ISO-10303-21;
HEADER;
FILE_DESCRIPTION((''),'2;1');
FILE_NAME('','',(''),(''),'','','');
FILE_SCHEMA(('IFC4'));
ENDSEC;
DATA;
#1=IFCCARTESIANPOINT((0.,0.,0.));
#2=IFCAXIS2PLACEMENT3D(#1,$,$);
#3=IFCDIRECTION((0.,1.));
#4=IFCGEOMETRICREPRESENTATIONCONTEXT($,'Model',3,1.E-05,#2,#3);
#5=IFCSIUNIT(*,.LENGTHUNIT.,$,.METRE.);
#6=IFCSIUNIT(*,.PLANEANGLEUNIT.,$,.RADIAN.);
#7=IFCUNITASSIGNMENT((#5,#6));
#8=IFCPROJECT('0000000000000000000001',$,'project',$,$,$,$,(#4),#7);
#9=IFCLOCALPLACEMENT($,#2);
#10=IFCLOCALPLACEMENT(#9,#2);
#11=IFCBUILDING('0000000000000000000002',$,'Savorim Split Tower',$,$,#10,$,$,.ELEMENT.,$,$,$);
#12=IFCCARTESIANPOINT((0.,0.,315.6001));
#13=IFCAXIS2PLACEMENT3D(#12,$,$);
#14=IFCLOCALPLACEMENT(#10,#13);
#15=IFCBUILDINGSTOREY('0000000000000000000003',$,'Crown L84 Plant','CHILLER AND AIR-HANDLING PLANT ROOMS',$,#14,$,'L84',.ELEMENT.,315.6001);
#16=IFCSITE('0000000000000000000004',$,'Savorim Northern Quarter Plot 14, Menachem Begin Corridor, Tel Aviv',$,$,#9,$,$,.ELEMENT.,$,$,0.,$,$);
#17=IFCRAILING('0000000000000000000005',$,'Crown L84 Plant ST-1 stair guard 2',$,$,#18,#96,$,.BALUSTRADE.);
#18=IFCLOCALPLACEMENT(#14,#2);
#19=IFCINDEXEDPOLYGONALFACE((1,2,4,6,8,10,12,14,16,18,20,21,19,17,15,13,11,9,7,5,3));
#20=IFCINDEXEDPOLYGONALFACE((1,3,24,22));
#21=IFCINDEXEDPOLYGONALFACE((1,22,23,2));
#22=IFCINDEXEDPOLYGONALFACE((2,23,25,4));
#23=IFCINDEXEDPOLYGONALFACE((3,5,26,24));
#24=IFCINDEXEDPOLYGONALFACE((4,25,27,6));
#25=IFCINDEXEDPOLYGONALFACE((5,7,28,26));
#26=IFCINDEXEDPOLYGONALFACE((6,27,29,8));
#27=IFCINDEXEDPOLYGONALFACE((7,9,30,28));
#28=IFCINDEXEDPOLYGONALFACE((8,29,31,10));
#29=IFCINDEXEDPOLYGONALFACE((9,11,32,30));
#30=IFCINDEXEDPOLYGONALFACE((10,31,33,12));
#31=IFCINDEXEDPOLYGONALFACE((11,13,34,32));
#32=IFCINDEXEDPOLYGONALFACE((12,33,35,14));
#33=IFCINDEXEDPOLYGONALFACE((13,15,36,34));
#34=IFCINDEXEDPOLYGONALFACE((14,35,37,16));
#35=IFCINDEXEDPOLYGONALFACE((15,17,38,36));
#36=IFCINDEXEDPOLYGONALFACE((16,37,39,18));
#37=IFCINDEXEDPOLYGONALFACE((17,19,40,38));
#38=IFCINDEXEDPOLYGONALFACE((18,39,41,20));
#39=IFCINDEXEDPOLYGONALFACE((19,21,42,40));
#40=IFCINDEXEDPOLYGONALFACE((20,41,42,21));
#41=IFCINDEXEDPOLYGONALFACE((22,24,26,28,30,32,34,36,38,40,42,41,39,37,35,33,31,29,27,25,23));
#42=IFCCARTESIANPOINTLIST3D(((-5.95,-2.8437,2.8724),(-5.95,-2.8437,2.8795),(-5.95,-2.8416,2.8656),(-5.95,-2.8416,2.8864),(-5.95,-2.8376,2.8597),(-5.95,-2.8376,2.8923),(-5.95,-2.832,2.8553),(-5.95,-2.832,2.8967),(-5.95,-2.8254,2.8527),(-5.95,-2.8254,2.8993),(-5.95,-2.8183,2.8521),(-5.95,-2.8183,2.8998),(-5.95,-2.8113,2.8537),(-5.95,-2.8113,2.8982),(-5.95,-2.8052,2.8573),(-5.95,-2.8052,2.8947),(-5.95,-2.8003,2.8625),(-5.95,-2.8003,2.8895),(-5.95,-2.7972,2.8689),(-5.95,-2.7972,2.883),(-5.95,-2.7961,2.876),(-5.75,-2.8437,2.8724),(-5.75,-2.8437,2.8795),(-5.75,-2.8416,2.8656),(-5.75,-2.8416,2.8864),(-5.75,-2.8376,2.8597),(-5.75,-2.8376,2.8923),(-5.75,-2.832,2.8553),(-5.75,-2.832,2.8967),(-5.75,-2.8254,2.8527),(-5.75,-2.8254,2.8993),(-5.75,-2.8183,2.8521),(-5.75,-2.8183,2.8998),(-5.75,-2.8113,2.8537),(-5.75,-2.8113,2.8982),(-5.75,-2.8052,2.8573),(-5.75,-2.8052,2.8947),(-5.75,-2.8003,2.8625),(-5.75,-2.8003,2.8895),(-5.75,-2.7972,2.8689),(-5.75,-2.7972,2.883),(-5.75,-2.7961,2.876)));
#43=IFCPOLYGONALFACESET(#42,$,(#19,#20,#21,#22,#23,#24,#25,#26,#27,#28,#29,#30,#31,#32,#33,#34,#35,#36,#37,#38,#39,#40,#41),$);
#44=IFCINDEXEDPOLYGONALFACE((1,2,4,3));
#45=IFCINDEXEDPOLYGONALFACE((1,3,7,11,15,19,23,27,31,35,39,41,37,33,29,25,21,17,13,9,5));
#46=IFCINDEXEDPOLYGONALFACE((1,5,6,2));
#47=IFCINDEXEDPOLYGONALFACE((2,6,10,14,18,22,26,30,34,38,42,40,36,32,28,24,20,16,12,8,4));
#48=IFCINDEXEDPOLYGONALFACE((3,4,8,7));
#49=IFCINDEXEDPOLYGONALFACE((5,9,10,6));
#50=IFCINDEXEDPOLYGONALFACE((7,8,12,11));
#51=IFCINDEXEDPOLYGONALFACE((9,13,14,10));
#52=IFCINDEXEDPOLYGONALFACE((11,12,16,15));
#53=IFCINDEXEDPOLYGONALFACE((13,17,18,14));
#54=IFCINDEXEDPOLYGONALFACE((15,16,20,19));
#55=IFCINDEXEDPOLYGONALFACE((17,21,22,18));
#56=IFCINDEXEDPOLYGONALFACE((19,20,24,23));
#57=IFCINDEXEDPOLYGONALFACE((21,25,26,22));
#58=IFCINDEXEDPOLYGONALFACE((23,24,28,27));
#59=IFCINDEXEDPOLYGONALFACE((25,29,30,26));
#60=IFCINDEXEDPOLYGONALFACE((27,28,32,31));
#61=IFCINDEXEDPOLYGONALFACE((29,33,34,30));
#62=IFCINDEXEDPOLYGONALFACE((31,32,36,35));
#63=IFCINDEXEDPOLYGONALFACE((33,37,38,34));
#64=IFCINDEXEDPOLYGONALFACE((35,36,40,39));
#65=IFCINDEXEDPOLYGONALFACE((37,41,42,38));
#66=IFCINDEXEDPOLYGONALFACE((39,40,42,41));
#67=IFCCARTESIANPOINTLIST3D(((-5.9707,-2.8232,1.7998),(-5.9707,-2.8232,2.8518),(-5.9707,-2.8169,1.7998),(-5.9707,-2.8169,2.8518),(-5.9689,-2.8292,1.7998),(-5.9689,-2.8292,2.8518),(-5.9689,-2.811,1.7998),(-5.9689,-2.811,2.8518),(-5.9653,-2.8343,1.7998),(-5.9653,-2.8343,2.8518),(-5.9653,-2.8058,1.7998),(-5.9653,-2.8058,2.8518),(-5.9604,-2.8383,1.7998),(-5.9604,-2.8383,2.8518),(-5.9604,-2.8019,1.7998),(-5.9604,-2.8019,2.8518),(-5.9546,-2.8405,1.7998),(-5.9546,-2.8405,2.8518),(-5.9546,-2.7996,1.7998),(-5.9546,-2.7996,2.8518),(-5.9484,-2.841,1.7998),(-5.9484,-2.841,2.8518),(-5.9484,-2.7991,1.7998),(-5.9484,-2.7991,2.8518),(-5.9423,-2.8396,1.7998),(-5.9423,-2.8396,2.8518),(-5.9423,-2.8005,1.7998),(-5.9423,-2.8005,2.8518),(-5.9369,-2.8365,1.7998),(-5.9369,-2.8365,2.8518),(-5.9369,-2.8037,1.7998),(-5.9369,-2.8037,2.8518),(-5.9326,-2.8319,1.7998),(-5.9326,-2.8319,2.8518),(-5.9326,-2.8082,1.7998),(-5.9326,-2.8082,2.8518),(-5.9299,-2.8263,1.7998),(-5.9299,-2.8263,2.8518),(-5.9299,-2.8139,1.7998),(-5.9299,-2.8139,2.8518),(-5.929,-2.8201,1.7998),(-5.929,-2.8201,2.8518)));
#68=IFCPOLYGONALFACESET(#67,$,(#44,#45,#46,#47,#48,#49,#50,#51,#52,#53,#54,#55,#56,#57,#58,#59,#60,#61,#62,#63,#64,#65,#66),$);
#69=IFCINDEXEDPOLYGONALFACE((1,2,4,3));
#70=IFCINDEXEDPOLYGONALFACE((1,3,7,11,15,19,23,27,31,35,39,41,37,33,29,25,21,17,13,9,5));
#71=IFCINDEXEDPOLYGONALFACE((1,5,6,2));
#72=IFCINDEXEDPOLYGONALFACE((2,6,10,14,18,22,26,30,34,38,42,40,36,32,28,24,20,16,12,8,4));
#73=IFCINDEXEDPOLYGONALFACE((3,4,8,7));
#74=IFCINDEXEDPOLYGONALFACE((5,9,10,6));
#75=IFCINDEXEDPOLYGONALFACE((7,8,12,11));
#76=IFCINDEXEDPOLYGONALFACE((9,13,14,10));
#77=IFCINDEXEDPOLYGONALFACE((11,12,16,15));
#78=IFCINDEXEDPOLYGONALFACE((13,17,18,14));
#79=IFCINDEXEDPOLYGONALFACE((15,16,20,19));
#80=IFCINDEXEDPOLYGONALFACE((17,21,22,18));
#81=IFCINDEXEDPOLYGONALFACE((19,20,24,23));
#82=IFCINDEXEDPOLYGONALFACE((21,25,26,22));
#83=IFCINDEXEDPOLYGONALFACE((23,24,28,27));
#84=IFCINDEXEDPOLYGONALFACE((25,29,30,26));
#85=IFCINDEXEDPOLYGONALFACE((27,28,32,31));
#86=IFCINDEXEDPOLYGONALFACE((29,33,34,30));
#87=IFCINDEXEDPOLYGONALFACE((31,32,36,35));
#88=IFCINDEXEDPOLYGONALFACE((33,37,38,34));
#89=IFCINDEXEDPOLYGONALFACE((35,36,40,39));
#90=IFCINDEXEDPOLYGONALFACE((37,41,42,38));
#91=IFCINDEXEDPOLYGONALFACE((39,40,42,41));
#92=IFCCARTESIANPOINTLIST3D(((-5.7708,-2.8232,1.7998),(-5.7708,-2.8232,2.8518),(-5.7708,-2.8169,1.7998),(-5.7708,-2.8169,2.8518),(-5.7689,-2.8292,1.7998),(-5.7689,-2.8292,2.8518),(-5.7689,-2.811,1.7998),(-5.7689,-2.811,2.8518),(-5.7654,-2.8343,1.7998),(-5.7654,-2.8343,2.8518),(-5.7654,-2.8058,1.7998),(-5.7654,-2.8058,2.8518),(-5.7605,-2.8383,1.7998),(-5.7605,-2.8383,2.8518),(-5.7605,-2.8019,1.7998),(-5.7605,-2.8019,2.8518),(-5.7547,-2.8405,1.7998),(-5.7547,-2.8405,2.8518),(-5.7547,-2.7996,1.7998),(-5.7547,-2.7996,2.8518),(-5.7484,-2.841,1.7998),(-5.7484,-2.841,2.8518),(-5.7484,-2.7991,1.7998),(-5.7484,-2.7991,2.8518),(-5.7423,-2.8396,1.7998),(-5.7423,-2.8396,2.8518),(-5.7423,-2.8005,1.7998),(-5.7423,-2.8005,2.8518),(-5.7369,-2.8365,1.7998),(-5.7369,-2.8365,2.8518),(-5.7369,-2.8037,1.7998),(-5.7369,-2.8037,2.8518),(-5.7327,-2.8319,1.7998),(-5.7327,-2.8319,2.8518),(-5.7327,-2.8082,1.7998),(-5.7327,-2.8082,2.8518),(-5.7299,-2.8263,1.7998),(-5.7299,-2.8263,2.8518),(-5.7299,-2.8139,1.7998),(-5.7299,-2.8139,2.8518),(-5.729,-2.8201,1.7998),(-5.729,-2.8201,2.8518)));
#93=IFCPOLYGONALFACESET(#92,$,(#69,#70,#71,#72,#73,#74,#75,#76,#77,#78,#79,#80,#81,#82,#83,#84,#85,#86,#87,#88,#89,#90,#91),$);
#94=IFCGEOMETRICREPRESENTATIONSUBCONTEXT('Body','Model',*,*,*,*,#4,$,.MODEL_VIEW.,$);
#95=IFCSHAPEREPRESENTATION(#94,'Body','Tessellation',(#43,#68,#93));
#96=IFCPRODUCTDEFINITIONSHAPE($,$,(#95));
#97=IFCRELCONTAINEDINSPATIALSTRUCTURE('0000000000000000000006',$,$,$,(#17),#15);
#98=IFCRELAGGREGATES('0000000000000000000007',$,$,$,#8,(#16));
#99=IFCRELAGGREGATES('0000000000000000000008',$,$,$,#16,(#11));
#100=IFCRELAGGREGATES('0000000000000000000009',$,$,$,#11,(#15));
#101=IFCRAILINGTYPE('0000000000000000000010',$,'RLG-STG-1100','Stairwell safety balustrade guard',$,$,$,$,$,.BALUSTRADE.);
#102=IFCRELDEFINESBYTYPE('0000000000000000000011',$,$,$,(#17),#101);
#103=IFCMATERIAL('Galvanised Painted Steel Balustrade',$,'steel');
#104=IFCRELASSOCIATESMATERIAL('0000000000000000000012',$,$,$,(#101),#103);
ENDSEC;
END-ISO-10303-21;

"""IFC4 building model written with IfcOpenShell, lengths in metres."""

from ifc_helpers import new_model, si_unit, direction, frame, origin, origin_2d, place, context, subcontext, project, spatial, circle, extrude, material, type_object, element, save


model = new_model("IFC4")

# Units and contexts
model_context = context("Model", 3, precision=1e-05, world=origin(), true_north=direction((0.0, 1.0)))
body_context = subcontext(model_context, "Body", "Model", "MODEL_VIEW")
ifc_project = project(units=[si_unit("LENGTHUNIT", "METRE"), si_unit("PLANEANGLEUNIT", "RADIAN")], contexts=[model_context])

# Site, building, storey
site_placement = place(None, origin())
site = spatial("IfcSite", under=ifc_project, at=site_placement, Name="Savorim Northern Quarter Plot 14, Menachem Begin Corridor, Tel Aviv", CompositionType="ELEMENT", RefElevation=0.0)
building_placement = place(site_placement, origin())
building = spatial("IfcBuilding", under=site, at=building_placement, Name="Savorim Split Tower", CompositionType="ELEMENT")
storey_placement = place(building_placement, frame((0.0, 0.0, 315.6001)))
storey = spatial("IfcBuildingStorey", under=building, at=storey_placement, Name="Crown L84 Plant", Description="CHILLER AND AIR-HANDLING PLANT ROOMS", LongName="L84", CompositionType="ELEMENT", Elevation=315.6001)

# Railing
ifc_material_1 = material(Name="Galvanised Painted Steel Balustrade", Category="steel")
railing_type_1 = type_object("IfcRailingType", Name="RLG-STG-1100", Description="Stairwell safety balustrade guard", PredefinedType="BALUSTRADE", material=ifc_material_1)
railing_1_placement = place(storey_placement, frame((-5.95, -2.8201, 1.7998)))
element("IfcRailing", 1, at=railing_1_placement, inside=storey, type_object=railing_type_1, Name="Crown L84 Plant ST-1 stair guard 2", PredefinedType="BALUSTRADE", context=body_context, shape_type="SweptSolid", body=[
    extrude(circle(Radius=0.0239, at=origin_2d()), frame((0.0, 0.0, 1.0762), z_axis=(1.0, 0.0, 0.0), x_axis=(0.0, 1.0, 0.0)), (0.0, 0.0, 1.0), 0.2),
    extrude(circle(Radius=0.021, at=origin_2d()), origin(), (0.0, 0.0, 1.0), 1.052),
    extrude(circle(Radius=0.021, at=origin_2d()), frame((0.2, 0.0, 0.0)), (0.0, 0.0, 1.0), 1.052),
])

save(model, "model.ifc")
